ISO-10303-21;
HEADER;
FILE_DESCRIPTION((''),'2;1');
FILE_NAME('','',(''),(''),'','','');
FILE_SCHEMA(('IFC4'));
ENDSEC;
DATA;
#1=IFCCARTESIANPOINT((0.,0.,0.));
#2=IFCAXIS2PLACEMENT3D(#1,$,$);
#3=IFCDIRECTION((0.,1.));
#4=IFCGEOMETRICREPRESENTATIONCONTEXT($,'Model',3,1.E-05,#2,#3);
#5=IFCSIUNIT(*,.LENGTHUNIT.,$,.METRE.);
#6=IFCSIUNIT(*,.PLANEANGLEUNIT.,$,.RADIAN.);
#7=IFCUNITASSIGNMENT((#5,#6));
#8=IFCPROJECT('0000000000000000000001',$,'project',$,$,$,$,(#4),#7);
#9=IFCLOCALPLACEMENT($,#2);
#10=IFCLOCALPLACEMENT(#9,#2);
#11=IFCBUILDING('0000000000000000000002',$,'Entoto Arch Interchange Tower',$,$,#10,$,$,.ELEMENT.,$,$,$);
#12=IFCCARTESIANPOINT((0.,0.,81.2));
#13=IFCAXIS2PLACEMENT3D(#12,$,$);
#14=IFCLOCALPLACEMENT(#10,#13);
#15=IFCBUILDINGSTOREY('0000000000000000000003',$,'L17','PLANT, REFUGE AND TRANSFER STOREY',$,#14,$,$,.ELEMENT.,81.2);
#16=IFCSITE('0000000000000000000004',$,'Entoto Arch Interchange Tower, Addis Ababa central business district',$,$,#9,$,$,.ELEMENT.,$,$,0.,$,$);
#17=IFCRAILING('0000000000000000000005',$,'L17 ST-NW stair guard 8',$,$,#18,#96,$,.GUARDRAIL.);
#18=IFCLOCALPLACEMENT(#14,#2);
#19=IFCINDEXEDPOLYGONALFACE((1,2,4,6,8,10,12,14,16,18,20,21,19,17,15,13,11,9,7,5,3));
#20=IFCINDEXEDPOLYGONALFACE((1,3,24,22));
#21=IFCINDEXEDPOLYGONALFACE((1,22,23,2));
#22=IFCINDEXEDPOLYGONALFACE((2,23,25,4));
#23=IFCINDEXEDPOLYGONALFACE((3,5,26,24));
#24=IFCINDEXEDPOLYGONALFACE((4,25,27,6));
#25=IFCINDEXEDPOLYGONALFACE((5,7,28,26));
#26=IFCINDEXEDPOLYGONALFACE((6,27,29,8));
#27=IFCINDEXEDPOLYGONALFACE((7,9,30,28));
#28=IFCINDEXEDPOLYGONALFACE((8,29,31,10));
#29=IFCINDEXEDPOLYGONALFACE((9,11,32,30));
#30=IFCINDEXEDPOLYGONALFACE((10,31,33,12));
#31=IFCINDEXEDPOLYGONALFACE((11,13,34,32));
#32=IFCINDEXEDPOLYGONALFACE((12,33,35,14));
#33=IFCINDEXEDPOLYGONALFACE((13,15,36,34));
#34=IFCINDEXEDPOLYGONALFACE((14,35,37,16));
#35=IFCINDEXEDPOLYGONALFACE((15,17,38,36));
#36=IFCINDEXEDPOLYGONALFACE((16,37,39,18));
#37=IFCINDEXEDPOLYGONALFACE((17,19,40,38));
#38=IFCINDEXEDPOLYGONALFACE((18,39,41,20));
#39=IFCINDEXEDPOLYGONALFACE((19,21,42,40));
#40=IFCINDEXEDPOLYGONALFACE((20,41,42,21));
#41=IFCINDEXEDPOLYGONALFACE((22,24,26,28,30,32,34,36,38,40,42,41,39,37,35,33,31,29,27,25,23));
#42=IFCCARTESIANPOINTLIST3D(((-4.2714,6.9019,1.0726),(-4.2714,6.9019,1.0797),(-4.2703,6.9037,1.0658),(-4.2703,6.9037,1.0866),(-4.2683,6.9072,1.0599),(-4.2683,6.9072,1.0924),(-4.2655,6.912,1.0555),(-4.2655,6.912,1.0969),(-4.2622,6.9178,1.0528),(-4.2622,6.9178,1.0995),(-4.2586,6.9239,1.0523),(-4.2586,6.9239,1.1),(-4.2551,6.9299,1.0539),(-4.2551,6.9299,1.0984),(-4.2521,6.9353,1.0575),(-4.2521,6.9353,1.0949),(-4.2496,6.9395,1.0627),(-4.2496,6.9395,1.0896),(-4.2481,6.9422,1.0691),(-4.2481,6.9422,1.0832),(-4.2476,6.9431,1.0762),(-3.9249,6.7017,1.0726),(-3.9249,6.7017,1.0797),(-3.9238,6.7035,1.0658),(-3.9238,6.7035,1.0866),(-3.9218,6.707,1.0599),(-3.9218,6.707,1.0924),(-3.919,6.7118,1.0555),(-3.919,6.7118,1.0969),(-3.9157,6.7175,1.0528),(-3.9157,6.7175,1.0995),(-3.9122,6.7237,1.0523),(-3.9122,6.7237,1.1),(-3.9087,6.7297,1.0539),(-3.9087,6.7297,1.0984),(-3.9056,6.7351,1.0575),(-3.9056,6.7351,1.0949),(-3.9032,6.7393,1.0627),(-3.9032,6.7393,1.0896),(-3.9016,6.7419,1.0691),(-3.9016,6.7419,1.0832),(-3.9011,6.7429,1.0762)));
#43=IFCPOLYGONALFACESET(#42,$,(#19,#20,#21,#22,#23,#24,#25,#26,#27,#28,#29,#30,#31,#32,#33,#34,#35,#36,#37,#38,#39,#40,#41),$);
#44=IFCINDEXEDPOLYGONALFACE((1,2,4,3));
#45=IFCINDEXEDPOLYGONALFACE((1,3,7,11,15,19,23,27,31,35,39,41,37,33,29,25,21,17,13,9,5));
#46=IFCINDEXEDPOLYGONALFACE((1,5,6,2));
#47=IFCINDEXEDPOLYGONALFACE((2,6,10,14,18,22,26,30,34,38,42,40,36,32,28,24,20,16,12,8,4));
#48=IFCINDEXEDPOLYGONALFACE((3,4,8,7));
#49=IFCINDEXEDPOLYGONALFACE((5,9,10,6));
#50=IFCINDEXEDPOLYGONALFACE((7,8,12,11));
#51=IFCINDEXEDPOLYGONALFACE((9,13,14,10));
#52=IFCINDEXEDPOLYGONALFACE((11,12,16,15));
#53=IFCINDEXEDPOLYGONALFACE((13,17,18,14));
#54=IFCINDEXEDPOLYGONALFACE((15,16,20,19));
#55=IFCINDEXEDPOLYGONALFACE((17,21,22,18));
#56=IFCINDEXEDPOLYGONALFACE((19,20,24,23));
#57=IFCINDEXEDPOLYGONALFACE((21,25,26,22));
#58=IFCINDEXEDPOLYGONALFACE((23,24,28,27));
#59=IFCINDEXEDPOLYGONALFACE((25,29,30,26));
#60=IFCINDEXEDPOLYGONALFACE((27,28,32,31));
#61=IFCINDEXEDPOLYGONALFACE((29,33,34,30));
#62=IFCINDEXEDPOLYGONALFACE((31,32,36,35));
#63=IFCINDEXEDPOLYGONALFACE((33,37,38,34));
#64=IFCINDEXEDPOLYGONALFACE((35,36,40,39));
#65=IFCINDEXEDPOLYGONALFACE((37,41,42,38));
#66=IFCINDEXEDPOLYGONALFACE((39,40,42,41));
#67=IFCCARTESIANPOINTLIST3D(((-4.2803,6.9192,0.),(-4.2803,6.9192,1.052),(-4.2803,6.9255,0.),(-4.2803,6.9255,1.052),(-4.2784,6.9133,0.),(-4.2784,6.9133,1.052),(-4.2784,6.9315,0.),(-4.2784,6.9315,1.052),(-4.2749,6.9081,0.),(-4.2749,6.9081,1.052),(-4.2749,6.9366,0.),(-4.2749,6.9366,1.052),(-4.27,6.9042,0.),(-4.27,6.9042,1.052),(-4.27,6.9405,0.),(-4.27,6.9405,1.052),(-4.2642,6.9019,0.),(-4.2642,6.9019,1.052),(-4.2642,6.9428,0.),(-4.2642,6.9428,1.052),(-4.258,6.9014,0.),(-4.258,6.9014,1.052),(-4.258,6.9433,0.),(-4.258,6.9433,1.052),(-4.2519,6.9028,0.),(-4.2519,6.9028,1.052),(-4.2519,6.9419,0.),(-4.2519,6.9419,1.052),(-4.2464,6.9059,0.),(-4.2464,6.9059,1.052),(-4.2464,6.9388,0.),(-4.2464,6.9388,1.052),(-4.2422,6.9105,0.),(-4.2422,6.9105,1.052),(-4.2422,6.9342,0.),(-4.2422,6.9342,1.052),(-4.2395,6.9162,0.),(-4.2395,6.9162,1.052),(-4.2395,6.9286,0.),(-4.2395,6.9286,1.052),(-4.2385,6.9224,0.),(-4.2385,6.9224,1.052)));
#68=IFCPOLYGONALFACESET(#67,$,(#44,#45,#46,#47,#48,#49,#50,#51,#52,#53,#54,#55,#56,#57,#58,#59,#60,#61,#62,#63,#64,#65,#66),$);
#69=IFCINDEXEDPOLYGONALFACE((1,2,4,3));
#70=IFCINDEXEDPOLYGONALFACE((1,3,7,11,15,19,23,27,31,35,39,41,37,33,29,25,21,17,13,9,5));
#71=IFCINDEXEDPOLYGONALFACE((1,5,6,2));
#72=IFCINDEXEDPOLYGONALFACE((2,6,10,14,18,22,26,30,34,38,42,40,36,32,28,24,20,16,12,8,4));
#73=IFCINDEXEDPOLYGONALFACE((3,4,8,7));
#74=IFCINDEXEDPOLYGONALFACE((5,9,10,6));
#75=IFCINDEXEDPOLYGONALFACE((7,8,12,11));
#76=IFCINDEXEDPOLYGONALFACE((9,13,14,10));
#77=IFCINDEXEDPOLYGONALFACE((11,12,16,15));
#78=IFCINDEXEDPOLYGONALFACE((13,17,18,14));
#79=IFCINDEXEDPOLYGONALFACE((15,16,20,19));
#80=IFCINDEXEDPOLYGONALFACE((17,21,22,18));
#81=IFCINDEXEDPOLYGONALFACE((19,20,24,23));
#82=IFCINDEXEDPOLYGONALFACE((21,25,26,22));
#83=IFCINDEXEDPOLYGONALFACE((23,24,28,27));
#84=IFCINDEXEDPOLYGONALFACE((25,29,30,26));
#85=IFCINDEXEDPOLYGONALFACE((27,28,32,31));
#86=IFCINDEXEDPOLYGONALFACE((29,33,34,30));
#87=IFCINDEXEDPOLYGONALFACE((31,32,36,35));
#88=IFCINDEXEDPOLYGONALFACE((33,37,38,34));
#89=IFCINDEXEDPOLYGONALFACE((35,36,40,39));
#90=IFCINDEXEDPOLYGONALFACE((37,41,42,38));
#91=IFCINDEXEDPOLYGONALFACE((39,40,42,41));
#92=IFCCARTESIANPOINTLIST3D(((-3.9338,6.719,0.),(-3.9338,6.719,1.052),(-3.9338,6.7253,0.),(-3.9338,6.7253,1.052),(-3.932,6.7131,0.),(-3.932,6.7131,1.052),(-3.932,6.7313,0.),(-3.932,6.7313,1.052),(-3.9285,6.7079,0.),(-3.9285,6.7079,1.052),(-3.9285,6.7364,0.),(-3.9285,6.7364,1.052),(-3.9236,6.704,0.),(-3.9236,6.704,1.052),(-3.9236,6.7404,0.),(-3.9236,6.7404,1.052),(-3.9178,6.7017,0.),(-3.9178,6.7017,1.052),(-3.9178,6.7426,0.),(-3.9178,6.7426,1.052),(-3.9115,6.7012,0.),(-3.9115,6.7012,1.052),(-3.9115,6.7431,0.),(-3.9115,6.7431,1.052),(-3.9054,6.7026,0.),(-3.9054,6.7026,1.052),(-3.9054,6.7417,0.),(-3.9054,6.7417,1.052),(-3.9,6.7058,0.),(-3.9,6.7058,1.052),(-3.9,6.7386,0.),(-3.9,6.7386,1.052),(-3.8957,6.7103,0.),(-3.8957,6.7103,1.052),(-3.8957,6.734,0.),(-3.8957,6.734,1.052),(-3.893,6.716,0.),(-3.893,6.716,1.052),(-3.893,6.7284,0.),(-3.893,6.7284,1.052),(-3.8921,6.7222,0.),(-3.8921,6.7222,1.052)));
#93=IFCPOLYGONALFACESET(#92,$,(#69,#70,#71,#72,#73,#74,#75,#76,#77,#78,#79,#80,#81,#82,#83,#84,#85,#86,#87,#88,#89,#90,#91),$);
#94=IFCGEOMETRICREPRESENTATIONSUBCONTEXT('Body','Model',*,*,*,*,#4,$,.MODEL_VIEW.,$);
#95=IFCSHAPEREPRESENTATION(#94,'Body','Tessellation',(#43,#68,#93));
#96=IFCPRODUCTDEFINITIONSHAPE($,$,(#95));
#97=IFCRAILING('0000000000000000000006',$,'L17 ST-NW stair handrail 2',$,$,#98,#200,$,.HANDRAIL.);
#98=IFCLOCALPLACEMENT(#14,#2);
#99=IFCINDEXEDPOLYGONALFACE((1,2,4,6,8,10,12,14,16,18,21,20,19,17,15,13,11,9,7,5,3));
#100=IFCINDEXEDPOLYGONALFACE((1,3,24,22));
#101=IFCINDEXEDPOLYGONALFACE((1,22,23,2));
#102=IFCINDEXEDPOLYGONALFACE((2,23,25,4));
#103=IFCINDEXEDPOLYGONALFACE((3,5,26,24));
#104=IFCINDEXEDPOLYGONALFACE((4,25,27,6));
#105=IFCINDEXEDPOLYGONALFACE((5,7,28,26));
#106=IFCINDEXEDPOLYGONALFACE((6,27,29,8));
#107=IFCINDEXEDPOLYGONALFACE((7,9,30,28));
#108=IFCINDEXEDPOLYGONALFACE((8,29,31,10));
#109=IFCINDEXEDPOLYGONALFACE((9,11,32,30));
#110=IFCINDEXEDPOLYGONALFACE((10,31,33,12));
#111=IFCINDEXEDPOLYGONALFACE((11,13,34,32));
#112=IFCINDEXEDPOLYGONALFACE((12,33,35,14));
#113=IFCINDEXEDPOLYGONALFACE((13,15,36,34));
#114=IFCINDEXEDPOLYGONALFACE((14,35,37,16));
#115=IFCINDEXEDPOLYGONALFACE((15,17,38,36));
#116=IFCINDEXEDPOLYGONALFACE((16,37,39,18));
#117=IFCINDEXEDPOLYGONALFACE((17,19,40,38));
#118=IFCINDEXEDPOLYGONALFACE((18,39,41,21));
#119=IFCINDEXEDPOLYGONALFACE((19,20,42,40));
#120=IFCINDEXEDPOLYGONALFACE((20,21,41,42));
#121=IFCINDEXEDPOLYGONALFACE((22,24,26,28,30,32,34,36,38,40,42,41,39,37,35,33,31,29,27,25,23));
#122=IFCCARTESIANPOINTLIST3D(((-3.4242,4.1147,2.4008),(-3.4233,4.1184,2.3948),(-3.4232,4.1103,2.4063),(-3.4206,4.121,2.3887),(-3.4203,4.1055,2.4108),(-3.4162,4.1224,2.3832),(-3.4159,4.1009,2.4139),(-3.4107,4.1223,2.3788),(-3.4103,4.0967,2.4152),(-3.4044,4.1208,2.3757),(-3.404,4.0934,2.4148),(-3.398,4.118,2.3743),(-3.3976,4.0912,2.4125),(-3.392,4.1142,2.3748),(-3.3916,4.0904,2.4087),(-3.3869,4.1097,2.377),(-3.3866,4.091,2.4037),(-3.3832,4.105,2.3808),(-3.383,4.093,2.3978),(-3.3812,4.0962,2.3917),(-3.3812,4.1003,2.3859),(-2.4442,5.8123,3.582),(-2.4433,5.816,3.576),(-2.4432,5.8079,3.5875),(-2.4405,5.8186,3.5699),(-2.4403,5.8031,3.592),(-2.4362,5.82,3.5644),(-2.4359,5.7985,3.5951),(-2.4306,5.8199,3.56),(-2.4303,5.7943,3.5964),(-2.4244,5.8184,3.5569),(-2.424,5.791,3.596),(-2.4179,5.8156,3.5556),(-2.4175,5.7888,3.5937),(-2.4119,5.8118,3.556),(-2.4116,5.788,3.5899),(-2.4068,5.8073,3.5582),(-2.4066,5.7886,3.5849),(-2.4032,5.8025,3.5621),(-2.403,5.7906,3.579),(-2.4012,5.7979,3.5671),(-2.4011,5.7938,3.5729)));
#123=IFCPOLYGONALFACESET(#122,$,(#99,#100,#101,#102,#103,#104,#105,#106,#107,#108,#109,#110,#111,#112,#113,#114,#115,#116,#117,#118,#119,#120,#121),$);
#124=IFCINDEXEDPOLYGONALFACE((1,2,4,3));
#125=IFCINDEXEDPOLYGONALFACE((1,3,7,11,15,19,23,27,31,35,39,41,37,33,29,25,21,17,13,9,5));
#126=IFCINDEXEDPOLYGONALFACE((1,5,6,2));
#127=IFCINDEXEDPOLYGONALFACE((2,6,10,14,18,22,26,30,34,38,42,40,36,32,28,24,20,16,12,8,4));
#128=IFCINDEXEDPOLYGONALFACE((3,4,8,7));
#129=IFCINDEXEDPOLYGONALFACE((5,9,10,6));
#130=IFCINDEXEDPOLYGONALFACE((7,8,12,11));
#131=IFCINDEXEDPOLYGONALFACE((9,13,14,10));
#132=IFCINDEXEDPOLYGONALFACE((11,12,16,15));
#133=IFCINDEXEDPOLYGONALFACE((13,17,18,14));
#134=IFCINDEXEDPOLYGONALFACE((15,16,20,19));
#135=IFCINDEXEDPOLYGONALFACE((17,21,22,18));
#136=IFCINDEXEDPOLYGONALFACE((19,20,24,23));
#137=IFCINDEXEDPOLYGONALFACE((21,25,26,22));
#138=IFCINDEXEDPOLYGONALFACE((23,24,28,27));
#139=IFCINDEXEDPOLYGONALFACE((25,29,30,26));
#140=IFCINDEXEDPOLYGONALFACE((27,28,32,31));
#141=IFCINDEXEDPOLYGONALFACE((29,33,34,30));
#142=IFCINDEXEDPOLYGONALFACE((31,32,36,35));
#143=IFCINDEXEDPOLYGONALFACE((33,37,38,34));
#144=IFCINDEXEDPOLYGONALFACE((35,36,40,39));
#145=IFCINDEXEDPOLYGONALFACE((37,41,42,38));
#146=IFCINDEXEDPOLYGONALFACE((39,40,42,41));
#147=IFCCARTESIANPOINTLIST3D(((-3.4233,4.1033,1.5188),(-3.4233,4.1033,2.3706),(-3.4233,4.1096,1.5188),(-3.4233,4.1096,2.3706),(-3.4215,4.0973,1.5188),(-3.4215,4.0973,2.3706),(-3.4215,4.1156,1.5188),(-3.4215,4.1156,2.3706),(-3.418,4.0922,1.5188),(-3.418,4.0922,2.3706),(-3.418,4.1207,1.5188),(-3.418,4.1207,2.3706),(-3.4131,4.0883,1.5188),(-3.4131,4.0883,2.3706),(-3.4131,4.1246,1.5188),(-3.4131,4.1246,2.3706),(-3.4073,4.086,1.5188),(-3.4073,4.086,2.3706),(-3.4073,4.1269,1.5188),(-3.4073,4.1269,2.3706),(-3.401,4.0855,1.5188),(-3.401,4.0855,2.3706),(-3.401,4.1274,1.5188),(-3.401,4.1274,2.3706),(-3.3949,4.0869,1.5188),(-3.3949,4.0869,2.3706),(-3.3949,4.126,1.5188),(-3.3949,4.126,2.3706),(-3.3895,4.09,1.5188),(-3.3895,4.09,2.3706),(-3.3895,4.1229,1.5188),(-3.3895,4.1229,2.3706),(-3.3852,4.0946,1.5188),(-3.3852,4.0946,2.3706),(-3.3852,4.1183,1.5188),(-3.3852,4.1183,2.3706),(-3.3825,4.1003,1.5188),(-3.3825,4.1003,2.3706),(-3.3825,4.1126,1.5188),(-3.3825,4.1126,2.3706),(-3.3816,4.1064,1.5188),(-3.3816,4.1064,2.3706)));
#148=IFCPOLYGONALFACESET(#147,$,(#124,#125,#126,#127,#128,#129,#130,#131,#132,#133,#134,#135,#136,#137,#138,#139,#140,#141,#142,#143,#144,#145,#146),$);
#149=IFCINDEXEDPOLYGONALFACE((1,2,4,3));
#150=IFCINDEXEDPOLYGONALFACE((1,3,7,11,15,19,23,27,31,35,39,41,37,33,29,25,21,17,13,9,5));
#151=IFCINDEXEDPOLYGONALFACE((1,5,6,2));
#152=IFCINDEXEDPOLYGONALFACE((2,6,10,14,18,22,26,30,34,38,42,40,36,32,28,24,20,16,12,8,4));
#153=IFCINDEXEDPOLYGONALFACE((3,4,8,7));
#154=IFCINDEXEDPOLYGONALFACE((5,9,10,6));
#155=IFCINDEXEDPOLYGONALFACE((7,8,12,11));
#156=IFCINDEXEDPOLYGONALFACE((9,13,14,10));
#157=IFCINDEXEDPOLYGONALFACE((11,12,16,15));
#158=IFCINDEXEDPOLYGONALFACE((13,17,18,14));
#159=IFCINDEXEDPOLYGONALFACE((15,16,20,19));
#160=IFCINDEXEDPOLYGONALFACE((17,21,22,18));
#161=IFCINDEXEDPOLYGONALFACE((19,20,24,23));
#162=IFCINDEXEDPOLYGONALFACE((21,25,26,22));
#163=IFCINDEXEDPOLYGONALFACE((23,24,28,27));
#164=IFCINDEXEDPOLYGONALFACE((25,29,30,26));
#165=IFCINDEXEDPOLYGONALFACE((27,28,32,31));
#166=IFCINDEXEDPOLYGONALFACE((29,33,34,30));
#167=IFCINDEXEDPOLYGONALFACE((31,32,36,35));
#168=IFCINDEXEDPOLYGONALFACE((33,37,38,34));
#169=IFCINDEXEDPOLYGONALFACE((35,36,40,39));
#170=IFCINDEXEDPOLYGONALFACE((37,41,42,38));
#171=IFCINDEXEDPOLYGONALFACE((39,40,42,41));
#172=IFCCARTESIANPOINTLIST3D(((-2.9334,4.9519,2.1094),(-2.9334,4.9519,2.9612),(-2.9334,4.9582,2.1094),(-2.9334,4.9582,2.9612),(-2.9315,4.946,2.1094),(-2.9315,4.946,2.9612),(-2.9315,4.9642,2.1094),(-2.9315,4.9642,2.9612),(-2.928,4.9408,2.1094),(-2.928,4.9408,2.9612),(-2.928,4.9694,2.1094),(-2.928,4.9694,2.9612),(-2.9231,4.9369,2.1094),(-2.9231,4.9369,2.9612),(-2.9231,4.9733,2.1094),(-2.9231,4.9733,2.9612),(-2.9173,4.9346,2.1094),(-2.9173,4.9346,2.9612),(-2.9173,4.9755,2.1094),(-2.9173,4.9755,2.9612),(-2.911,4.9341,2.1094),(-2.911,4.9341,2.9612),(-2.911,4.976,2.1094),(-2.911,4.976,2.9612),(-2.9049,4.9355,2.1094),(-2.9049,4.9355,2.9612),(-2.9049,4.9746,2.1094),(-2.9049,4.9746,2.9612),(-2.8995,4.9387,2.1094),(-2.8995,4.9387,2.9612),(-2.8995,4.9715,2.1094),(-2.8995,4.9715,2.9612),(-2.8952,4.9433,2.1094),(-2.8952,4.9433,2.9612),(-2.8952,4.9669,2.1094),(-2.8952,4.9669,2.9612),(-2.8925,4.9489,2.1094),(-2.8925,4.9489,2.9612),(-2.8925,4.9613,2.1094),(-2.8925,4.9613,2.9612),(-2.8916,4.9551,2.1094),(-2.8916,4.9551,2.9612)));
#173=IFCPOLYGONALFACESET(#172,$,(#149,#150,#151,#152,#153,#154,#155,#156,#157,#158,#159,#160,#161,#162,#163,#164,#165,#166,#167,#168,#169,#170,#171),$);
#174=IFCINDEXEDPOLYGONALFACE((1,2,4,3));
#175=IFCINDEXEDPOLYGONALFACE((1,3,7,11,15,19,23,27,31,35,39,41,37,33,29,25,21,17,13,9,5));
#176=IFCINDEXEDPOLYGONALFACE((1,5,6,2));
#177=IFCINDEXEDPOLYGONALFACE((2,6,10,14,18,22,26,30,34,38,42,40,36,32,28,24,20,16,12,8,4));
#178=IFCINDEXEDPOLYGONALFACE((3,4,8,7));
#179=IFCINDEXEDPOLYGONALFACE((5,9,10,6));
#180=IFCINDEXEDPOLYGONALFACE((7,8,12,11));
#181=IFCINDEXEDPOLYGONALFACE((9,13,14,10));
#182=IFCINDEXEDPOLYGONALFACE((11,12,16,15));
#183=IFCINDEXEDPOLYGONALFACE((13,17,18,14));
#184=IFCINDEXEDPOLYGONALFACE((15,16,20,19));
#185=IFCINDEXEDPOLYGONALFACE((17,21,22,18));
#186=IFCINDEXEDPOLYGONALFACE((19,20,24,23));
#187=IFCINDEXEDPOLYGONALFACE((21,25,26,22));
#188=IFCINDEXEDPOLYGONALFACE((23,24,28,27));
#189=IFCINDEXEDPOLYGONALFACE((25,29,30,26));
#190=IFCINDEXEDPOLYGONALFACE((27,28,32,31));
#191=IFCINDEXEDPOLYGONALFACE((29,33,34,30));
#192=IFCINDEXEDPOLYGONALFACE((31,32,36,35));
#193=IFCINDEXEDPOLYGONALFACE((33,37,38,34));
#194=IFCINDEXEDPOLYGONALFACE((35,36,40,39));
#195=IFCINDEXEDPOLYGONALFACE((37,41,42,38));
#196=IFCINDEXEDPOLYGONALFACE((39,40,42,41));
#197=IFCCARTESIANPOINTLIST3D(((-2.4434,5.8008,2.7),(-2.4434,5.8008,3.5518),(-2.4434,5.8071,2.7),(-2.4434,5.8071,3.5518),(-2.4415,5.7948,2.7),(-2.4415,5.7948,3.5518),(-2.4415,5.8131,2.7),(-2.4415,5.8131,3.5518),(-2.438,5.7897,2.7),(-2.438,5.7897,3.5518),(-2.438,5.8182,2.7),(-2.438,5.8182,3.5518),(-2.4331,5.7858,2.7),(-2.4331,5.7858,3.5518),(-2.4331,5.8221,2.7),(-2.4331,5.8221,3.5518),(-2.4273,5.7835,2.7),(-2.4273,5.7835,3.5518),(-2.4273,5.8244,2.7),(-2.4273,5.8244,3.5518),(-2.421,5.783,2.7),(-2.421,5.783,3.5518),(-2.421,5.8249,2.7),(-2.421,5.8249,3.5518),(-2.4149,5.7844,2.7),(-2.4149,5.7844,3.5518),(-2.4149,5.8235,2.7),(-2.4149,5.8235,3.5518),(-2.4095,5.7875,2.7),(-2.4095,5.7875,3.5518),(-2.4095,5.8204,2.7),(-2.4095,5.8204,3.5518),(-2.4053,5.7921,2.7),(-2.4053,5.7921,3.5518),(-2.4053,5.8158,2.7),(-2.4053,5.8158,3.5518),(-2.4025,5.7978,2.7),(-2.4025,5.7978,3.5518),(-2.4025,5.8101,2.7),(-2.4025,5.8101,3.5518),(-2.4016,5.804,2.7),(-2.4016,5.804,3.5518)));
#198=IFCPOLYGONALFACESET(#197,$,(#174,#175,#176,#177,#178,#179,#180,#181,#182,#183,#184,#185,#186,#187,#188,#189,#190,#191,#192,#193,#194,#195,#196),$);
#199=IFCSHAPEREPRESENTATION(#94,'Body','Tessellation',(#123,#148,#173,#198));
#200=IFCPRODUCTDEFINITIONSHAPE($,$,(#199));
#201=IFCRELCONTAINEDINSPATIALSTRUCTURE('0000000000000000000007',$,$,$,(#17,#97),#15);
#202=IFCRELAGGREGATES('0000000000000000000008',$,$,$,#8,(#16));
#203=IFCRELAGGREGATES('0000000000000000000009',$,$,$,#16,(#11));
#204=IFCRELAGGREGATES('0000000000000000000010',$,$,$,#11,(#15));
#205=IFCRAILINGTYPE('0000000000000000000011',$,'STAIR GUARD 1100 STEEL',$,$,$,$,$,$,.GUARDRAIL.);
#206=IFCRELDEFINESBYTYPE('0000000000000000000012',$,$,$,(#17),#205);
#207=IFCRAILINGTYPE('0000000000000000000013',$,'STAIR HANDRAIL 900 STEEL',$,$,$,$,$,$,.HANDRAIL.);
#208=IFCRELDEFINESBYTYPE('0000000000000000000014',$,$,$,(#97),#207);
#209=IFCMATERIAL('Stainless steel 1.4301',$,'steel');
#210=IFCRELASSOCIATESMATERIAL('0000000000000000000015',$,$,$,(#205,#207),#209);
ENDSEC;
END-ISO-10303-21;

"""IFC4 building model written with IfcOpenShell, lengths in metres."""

from ifc_helpers import new_model, si_unit, direction, frame, origin, origin_2d, place, context, subcontext, project, spatial, circle, extrude, material, type_object, element, save


model = new_model("IFC4")

# Units and contexts
model_context = context("Model", 3, precision=1e-05, world=origin(), true_north=direction((0.0, 1.0)))
body_context = subcontext(model_context, "Body", "Model", "MODEL_VIEW")
ifc_project = project(units=[si_unit("LENGTHUNIT", "METRE"), si_unit("PLANEANGLEUNIT", "RADIAN")], contexts=[model_context])

# Site, building, storey
site_placement = place(None, origin())
site = spatial("IfcSite", under=ifc_project, at=site_placement, Name="Entoto Arch Interchange Tower, Addis Ababa central business district", CompositionType="ELEMENT", RefElevation=0.0)
building_placement = place(site_placement, origin())
building = spatial("IfcBuilding", under=site, at=building_placement, Name="Entoto Arch Interchange Tower", CompositionType="ELEMENT")
storey_placement = place(building_placement, frame((0.0, 0.0, 81.2)))
storey = spatial("IfcBuildingStorey", under=building, at=storey_placement, Name="L17", Description="PLANT, REFUGE AND TRANSFER STOREY", CompositionType="ELEMENT", Elevation=81.2)

# Railings
ifc_material_1 = material(Name="Stainless steel 1.4301", Category="steel")
railing_type_1 = type_object("IfcRailingType", Name="STAIR GUARD 1100 STEEL", PredefinedType="GUARDRAIL", material=ifc_material_1)
railing_1_placement = place(storey_placement, frame((-4.2595, 6.9224, 0.0)))
element("IfcRailing", 1, at=railing_1_placement, inside=storey, type_object=railing_type_1, Name="L17 ST-NW stair guard 8", PredefinedType="GUARDRAIL", context=body_context, shape_type="SweptSolid", body=[
    extrude(circle(Radius=0.0239, at=origin_2d()), frame((0.0, 0.0, 1.0762), z_axis=(0.86583, -0.500339, 0.0), x_axis=(0.500339, 0.86583, 0.0)), (0.0, 0.0, 1.0), 0.4001),
    extrude(circle(Radius=0.021, at=origin_2d()), origin(), (0.0, 0.0, 1.0), 1.052),
    extrude(circle(Radius=0.021, at=origin_2d()), frame((0.3464, -0.2002, 0.0)), (0.0, 0.0, 1.0), 1.052),
])
railing_type_2 = type_object("IfcRailingType", Name="STAIR HANDRAIL 900 STEEL", PredefinedType="HANDRAIL", material=ifc_material_1)
railing_2_placement = place(storey_placement, frame((-3.4026, 4.1064, 1.5188)))
element("IfcRailing", 2, at=railing_2_placement, inside=storey, type_object=railing_type_2, Name="L17 ST-NW stair handrail 2", PredefinedType="HANDRAIL", context=body_context, shape_type="SweptSolid", body=[
    extrude(circle(Radius=0.0239, at=origin_2d()), frame((0.0, 0.0, 0.876), z_axis=(0.428228, 0.741771, 0.516135), x_axis=(-0.866042, 0.49997, 0.0)), (0.0, 0.0, 1.0), 2.2886),
    extrude(circle(Radius=0.021, at=origin_2d()), origin(), (0.0, 0.0, 1.0), 0.8518),
    extrude(circle(Radius=0.021, at=origin_2d()), frame((0.49, 0.8486, 0.5906)), (0.0, 0.0, 1.0), 0.8518),
    extrude(circle(Radius=0.021, at=origin_2d()), frame((0.98, 1.6975, 1.1812)), (0.0, 0.0, 1.0), 0.8518),
])

save(model, "model.ifc")
